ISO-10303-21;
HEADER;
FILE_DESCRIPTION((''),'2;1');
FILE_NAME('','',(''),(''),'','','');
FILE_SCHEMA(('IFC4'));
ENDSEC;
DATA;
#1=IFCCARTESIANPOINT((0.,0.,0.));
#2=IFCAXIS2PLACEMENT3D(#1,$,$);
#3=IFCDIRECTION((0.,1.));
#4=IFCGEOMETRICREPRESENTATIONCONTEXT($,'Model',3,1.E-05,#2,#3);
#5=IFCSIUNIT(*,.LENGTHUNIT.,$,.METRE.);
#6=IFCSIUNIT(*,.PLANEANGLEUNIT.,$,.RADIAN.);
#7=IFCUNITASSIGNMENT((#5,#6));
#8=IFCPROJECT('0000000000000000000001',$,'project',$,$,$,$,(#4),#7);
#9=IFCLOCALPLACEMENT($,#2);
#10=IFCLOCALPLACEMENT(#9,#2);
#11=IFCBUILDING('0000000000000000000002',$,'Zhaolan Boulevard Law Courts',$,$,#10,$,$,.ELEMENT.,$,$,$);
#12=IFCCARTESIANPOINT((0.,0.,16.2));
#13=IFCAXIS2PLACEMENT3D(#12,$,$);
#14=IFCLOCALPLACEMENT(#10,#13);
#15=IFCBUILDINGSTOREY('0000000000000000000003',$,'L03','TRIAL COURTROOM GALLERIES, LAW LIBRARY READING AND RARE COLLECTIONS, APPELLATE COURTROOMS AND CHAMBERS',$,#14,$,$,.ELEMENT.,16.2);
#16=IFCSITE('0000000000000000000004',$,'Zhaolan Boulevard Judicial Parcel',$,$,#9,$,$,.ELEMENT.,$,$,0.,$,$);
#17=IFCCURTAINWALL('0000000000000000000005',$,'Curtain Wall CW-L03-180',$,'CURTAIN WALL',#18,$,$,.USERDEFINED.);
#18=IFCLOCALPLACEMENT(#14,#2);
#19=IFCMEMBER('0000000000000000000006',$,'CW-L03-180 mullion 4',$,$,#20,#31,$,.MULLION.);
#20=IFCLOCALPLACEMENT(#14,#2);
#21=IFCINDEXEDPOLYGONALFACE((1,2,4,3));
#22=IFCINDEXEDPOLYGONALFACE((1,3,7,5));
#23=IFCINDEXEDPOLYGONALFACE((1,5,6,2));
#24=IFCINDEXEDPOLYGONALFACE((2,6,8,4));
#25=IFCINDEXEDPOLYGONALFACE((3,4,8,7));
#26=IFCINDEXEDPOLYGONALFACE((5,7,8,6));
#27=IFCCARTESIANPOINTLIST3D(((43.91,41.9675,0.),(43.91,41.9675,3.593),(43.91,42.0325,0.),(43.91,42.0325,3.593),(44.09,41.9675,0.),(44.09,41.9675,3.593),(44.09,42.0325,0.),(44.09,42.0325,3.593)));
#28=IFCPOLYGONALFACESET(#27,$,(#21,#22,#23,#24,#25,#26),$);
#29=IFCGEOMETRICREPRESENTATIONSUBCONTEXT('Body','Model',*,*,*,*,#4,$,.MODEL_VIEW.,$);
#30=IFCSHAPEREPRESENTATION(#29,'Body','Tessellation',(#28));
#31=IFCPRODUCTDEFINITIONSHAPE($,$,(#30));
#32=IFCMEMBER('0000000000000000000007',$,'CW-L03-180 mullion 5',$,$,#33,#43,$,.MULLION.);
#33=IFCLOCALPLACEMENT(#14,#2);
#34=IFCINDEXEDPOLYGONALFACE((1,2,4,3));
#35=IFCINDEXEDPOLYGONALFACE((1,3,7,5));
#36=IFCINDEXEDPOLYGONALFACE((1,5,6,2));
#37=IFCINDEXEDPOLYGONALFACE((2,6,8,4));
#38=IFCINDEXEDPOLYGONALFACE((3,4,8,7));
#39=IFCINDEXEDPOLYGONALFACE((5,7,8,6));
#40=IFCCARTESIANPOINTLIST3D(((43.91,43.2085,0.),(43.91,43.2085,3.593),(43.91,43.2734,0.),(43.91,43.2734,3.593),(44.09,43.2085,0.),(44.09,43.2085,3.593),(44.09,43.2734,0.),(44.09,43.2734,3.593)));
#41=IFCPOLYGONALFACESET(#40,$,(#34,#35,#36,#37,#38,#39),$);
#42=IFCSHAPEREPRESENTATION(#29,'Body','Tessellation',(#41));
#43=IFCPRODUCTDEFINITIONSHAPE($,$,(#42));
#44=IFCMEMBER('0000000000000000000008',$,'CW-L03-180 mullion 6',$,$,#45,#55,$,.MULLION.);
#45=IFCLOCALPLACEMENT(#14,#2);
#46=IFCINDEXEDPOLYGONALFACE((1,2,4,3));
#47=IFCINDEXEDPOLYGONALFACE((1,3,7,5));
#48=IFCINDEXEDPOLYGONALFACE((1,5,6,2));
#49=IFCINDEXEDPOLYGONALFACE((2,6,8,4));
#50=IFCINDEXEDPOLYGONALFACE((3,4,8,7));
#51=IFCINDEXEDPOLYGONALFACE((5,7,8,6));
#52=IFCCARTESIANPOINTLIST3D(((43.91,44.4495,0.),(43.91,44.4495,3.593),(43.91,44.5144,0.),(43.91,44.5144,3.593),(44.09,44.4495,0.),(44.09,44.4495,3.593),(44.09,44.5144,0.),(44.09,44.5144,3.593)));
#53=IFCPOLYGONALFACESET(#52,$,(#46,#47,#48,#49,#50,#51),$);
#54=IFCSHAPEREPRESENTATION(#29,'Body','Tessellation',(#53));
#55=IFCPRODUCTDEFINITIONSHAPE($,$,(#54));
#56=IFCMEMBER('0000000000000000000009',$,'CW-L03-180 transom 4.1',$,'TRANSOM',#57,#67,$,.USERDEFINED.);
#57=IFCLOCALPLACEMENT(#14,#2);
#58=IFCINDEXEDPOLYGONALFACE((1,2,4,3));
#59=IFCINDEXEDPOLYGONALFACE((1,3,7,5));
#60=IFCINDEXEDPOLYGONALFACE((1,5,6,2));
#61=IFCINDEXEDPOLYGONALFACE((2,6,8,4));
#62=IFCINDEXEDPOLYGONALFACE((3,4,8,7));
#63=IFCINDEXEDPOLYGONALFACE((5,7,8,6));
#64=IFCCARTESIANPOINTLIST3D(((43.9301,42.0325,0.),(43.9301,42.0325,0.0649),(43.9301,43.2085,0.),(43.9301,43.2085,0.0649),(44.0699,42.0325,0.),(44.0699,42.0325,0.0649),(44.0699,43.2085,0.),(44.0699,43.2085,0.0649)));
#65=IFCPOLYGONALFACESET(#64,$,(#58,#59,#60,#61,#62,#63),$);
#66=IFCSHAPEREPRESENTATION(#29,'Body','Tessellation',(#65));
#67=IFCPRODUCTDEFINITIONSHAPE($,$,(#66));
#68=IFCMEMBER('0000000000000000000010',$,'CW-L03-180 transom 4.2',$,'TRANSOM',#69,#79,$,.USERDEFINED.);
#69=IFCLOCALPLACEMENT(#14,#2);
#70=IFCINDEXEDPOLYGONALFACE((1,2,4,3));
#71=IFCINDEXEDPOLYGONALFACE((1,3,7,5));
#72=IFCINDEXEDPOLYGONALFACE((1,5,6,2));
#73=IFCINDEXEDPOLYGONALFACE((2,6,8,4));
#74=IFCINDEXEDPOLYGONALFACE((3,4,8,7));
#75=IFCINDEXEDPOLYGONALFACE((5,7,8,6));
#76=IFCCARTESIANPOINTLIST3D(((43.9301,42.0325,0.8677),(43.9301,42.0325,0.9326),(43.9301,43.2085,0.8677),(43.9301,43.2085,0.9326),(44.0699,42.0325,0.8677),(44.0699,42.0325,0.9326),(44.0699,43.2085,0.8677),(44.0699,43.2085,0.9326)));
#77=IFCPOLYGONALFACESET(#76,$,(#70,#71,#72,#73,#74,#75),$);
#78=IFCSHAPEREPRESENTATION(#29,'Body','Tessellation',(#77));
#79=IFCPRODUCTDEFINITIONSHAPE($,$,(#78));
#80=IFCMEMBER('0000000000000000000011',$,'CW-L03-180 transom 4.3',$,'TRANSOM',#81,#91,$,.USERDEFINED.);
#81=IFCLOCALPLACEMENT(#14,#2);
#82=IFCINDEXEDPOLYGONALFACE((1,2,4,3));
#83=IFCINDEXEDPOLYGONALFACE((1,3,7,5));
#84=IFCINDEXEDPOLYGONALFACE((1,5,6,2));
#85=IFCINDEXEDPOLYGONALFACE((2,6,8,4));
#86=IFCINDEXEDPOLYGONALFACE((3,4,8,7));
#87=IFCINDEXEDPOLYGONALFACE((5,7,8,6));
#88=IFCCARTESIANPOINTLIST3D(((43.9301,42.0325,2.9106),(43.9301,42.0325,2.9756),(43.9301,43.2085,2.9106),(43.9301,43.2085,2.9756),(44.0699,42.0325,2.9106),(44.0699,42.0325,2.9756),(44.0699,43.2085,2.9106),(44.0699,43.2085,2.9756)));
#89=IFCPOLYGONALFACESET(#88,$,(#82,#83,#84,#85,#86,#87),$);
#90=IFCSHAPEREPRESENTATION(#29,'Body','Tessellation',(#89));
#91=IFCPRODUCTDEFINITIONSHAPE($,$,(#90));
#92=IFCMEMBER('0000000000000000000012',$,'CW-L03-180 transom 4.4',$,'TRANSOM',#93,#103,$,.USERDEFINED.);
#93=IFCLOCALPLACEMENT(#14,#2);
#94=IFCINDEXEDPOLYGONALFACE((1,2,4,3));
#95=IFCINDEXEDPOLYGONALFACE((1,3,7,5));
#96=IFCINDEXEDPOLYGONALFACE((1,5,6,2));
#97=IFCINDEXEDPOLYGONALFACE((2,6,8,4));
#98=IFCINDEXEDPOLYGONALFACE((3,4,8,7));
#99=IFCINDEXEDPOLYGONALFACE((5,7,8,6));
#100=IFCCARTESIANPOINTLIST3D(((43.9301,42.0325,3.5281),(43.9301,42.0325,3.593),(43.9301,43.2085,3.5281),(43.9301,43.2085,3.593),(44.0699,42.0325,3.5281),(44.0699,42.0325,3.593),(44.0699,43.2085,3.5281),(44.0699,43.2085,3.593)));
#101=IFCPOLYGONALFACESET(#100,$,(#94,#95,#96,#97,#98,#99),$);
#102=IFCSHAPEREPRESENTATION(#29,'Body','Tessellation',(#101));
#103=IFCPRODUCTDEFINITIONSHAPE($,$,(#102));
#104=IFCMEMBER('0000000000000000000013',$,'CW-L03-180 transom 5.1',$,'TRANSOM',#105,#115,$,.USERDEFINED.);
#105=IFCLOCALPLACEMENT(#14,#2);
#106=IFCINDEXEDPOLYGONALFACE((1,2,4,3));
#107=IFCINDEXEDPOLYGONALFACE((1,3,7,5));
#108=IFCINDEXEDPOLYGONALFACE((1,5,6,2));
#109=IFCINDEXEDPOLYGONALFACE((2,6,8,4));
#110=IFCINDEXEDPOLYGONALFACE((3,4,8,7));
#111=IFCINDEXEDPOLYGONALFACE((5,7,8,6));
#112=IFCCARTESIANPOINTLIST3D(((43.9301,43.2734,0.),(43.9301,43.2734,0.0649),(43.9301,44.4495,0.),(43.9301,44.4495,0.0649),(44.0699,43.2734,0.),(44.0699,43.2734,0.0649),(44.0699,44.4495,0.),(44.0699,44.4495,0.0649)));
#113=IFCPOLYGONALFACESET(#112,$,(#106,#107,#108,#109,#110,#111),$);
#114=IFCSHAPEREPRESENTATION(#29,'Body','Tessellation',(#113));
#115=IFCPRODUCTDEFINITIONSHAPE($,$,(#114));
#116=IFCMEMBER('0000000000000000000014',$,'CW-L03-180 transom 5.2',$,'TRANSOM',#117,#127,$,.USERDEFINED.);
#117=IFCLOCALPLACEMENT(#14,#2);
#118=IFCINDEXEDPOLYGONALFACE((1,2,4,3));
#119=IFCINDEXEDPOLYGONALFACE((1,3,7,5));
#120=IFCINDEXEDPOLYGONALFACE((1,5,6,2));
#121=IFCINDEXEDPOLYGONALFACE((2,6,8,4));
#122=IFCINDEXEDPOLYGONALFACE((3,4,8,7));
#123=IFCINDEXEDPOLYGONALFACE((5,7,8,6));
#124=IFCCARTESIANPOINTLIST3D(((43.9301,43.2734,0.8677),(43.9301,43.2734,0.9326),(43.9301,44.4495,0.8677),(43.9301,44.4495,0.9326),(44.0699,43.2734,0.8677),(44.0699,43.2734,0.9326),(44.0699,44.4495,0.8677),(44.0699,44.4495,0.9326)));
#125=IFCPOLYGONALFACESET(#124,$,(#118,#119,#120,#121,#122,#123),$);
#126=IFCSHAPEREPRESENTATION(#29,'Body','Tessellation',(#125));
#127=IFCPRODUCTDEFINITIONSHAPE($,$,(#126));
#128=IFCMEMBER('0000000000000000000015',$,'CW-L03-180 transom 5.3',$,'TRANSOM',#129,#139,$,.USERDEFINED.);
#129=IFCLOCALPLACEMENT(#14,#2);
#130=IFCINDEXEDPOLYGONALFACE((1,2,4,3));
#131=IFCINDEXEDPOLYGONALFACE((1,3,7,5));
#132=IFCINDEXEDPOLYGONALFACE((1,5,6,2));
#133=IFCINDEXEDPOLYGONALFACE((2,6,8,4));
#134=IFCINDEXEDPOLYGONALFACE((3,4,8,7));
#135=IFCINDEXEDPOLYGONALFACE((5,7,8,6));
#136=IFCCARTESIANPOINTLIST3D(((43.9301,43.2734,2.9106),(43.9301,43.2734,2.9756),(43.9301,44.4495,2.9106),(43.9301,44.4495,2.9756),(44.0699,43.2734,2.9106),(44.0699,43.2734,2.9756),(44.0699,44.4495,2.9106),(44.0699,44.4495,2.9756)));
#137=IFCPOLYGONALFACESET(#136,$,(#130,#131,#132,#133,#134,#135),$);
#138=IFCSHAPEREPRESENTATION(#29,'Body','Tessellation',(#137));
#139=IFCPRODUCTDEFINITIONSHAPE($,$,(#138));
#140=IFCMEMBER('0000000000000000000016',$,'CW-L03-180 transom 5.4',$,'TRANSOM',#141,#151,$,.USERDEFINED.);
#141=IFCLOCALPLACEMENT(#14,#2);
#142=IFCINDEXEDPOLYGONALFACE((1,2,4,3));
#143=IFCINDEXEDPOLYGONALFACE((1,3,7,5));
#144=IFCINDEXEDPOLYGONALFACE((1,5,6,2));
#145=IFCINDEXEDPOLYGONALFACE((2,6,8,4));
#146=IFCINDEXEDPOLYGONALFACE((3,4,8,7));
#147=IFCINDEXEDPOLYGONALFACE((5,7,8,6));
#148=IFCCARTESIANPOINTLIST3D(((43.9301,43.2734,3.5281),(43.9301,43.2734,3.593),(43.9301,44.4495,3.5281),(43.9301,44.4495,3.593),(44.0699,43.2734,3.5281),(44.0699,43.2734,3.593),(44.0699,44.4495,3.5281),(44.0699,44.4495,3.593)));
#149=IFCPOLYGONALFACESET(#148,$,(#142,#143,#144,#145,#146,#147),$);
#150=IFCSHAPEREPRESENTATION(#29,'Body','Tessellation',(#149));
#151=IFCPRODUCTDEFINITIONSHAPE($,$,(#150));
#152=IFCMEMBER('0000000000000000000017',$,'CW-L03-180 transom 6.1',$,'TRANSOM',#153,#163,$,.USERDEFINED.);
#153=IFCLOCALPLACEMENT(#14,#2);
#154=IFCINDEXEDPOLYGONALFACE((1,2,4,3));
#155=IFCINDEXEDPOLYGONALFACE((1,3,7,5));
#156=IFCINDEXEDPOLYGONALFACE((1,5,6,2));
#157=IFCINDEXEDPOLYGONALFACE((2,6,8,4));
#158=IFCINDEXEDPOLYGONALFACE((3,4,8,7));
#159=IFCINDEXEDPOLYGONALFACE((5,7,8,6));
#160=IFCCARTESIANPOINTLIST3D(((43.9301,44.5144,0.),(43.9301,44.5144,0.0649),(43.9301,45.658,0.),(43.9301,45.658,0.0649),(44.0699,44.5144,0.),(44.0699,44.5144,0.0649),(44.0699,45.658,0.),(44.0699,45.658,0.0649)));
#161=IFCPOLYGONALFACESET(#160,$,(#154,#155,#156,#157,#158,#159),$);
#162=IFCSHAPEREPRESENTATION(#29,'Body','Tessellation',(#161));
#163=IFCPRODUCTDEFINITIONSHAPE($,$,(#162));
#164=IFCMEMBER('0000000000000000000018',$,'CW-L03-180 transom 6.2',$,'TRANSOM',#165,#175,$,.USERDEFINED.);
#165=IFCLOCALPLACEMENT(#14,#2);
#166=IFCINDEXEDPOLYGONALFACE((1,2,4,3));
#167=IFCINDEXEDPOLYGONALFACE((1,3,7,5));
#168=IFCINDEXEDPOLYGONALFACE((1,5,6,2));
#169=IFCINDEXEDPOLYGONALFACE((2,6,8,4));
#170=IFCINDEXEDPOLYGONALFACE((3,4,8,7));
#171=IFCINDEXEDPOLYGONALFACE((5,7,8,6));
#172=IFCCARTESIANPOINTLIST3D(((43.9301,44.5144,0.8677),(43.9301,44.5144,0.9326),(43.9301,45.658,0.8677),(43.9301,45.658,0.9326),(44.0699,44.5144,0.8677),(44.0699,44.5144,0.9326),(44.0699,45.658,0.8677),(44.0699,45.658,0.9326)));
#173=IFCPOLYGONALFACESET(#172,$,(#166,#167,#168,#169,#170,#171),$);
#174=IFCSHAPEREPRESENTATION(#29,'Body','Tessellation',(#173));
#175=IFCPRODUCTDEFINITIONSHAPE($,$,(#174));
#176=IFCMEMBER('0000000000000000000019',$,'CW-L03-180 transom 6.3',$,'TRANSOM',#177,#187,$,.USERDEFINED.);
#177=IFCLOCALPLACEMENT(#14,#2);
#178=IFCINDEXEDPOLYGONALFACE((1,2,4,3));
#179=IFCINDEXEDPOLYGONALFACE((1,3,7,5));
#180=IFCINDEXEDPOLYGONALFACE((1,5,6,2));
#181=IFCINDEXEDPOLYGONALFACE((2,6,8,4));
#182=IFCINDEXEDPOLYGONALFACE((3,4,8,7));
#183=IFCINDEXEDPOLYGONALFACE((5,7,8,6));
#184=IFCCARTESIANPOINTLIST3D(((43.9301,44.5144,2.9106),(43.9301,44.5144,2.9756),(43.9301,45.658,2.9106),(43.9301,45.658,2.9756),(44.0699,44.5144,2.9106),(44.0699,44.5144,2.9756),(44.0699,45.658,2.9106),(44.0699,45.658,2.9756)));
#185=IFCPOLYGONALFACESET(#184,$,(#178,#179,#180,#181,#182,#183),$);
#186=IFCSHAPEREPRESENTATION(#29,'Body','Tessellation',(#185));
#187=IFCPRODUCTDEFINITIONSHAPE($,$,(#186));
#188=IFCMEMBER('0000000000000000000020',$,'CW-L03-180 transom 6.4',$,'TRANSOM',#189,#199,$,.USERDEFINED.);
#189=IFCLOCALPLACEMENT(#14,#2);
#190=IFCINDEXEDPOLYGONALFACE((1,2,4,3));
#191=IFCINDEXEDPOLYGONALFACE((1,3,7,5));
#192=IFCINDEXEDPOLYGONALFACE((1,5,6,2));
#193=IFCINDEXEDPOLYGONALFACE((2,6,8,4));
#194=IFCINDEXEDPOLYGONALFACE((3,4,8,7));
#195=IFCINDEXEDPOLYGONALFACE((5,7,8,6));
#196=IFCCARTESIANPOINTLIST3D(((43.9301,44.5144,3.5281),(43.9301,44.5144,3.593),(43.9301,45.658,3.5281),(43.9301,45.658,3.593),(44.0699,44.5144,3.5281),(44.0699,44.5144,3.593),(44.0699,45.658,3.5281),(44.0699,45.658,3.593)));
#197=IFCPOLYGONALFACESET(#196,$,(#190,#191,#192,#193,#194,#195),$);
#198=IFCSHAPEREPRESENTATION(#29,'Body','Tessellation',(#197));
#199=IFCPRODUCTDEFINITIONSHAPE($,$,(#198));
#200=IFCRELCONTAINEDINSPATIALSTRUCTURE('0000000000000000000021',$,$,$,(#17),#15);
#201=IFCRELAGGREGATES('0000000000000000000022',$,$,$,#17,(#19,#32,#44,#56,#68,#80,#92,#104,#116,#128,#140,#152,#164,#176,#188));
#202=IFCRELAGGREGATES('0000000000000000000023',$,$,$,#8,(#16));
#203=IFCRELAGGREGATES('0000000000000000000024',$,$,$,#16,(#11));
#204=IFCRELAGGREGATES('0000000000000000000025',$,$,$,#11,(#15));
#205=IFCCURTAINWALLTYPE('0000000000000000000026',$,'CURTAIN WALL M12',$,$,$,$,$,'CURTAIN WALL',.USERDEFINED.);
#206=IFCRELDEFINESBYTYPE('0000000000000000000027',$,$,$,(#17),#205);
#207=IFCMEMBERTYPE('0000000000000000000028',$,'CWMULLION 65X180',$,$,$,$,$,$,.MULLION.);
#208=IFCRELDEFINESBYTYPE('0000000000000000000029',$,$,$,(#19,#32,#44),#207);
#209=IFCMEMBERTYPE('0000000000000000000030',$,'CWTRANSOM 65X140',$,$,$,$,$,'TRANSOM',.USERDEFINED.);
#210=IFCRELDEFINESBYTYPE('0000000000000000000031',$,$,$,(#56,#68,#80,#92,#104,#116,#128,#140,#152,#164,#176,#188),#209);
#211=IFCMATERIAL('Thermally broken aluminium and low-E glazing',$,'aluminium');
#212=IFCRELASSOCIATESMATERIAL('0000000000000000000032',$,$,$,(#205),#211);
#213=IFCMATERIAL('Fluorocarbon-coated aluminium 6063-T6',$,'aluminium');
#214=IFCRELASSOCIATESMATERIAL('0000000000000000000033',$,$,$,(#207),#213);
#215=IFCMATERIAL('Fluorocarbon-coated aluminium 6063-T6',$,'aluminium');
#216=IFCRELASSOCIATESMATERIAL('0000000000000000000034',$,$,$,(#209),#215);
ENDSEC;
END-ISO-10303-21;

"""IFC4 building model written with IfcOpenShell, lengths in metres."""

from ifc_helpers import new_model, si_unit, direction, frame, origin, origin_2d, place, context, subcontext, project, spatial, rectangle, extrude, material, material_profile, profile_set, type_object, element, aggregate, save


model = new_model("IFC4")

# Units and contexts
model_context = context("Model", 3, precision=1e-05, world=origin(), true_north=direction((0.0, 1.0)))
body_context = subcontext(model_context, "Body", "Model", "MODEL_VIEW")
ifc_project = project(units=[si_unit("LENGTHUNIT", "METRE"), si_unit("PLANEANGLEUNIT", "RADIAN")], contexts=[model_context])

# Site, building, storey
site_placement = place(None, origin())
site = spatial("IfcSite", under=ifc_project, at=site_placement, Name="Zhaolan Boulevard Judicial Parcel", CompositionType="ELEMENT", RefElevation=0.0)
building_placement = place(site_placement, origin())
building = spatial("IfcBuilding", under=site, at=building_placement, Name="Zhaolan Boulevard Law Courts", CompositionType="ELEMENT")
storey_placement = place(building_placement, frame((0.0, 0.0, 16.2)))
storey = spatial("IfcBuildingStorey", under=building, at=storey_placement, Name="L03", Description="TRIAL COURTROOM GALLERIES, LAW LIBRARY READING AND RARE COLLECTIONS, APPELLATE COURTROOMS AND CHAMBERS", CompositionType="ELEMENT", Elevation=16.2)

# Curtain wall, members
ifc_material_1 = material(Name="Thermally broken aluminium and low-E glazing", Category="aluminium")
curtain_wall_type = type_object("IfcCurtainWallType", Name="CURTAIN WALL M12", ElementType="CURTAIN WALL", PredefinedType="USERDEFINED", material=ifc_material_1)
curtain_wall_placement = place(storey_placement, origin())
curtain_wall = element("IfcCurtainWall", 1, at=curtain_wall_placement, inside=storey, type_object=curtain_wall_type, Name="Curtain Wall CW-L03-180", ObjectType="CURTAIN WALL", PredefinedType="USERDEFINED")
ifc_material_2 = material(Name="Fluorocarbon-coated aluminium 6063-T6", Category="aluminium")
ifc_material_profile_1 = material_profile(ifc_material_2, rectangle(XDim=0.1799, YDim=0.0649, at=origin_2d()), Name="AL65x180")
ifc_profile_set_1 = profile_set([ifc_material_profile_1], Name="Fluorocarbon-coated aluminium 6063-T6")
member_type_1 = type_object("IfcMemberType", Name="CWMULLION 65X180", PredefinedType="MULLION", material=ifc_profile_set_1)
member_1_placement = place(storey_placement, frame((44.0, 42.0, 0.0), z_axis=(0.0, 0.0, 1.0), x_axis=(-1.0, 0.0, 0.0)))
member_1 = element("IfcMember", 2, at=member_1_placement, type_object=member_type_1, Name="CW-L03-180 mullion 4", PredefinedType="MULLION", context=body_context, shape_type="SweptSolid", body=[
    extrude(rectangle(XDim=0.1799, YDim=0.0649, at=origin_2d()), origin(), (0.0, 0.0, 1.0), 3.593),
])
member_2_placement = place(storey_placement, frame((44.0, 43.241, 0.0), z_axis=(0.0, 0.0, 1.0), x_axis=(-1.0, 0.0, 0.0)))
member_2 = element("IfcMember", 3, at=member_2_placement, type_object=member_type_1, Name="CW-L03-180 mullion 5", PredefinedType="MULLION", context=body_context, shape_type="SweptSolid", body=[
    extrude(rectangle(XDim=0.1799, YDim=0.0649, at=origin_2d()), origin(), (0.0, 0.0, 1.0), 3.593),
])
member_3_placement = place(storey_placement, frame((44.0, 44.4819, 0.0), z_axis=(0.0, 0.0, 1.0), x_axis=(-1.0, 0.0, 0.0)))
member_3 = element("IfcMember", 4, at=member_3_placement, type_object=member_type_1, Name="CW-L03-180 mullion 6", PredefinedType="MULLION", context=body_context, shape_type="SweptSolid", body=[
    extrude(rectangle(XDim=0.1799, YDim=0.0649, at=origin_2d()), origin(), (0.0, 0.0, 1.0), 3.593),
])
ifc_material_3 = material(Name="Fluorocarbon-coated aluminium 6063-T6", Category="aluminium")
ifc_material_profile_2 = material_profile(ifc_material_3, rectangle(XDim=0.1399, YDim=0.0649, at=origin_2d()), Name="AL65x140")
ifc_profile_set_2 = profile_set([ifc_material_profile_2], Name="Fluorocarbon-coated aluminium 6063-T6")
member_type_2 = type_object("IfcMemberType", Name="CWTRANSOM 65X140", ElementType="TRANSOM", PredefinedType="USERDEFINED", material=ifc_profile_set_2)
member_4_placement = place(storey_placement, frame((44.0, 42.0325, 0.0325), z_axis=(0.0, 1.0, 0.0), x_axis=(-1.0, 0.0, 0.0)))
member_4 = element("IfcMember", 5, at=member_4_placement, type_object=member_type_2, Name="CW-L03-180 transom 4.1", ObjectType="TRANSOM", PredefinedType="USERDEFINED", context=body_context, shape_type="SweptSolid", body=[
    extrude(rectangle(XDim=0.1399, YDim=0.0649, at=origin_2d()), origin(), (0.0, 0.0, 1.0), 1.176),
])
member_5_placement = place(storey_placement, frame((44.0, 42.0325, 0.9001), z_axis=(0.0, 1.0, 0.0), x_axis=(-1.0, 0.0, 0.0)))
member_5 = element("IfcMember", 6, at=member_5_placement, type_object=member_type_2, Name="CW-L03-180 transom 4.2", ObjectType="TRANSOM", PredefinedType="USERDEFINED", context=body_context, shape_type="SweptSolid", body=[
    extrude(rectangle(XDim=0.1399, YDim=0.0649, at=origin_2d()), origin(), (0.0, 0.0, 1.0), 1.176),
])
member_6_placement = place(storey_placement, frame((44.0, 42.0325, 2.9431), z_axis=(0.0, 1.0, 0.0), x_axis=(-1.0, 0.0, 0.0)))
member_6 = element("IfcMember", 7, at=member_6_placement, type_object=member_type_2, Name="CW-L03-180 transom 4.3", ObjectType="TRANSOM", PredefinedType="USERDEFINED", context=body_context, shape_type="SweptSolid", body=[
    extrude(rectangle(XDim=0.1399, YDim=0.0649, at=origin_2d()), origin(), (0.0, 0.0, 1.0), 1.176),
])
member_7_placement = place(storey_placement, frame((44.0, 42.0325, 3.5605), z_axis=(0.0, 1.0, 0.0), x_axis=(-1.0, 0.0, 0.0)))
member_7 = element("IfcMember", 8, at=member_7_placement, type_object=member_type_2, Name="CW-L03-180 transom 4.4", ObjectType="TRANSOM", PredefinedType="USERDEFINED", context=body_context, shape_type="SweptSolid", body=[
    extrude(rectangle(XDim=0.1399, YDim=0.0649, at=origin_2d()), origin(), (0.0, 0.0, 1.0), 1.176),
])
member_8_placement = place(storey_placement, frame((44.0, 43.2734, 0.0325), z_axis=(0.0, 1.0, 0.0), x_axis=(-1.0, 0.0, 0.0)))
member_8 = element("IfcMember", 9, at=member_8_placement, type_object=member_type_2, Name="CW-L03-180 transom 5.1", ObjectType="TRANSOM", PredefinedType="USERDEFINED", context=body_context, shape_type="SweptSolid", body=[
    extrude(rectangle(XDim=0.1399, YDim=0.0649, at=origin_2d()), origin(), (0.0, 0.0, 1.0), 1.176),
])
member_9_placement = place(storey_placement, frame((44.0, 43.2734, 0.9001), z_axis=(0.0, 1.0, 0.0), x_axis=(-1.0, 0.0, 0.0)))
member_9 = element("IfcMember", 10, at=member_9_placement, type_object=member_type_2, Name="CW-L03-180 transom 5.2", ObjectType="TRANSOM", PredefinedType="USERDEFINED", context=body_context, shape_type="SweptSolid", body=[
    extrude(rectangle(XDim=0.1399, YDim=0.0649, at=origin_2d()), origin(), (0.0, 0.0, 1.0), 1.176),
])
member_10_placement = place(storey_placement, frame((44.0, 43.2734, 2.9431), z_axis=(0.0, 1.0, 0.0), x_axis=(-1.0, 0.0, 0.0)))
member_10 = element("IfcMember", 11, at=member_10_placement, type_object=member_type_2, Name="CW-L03-180 transom 5.3", ObjectType="TRANSOM", PredefinedType="USERDEFINED", context=body_context, shape_type="SweptSolid", body=[
    extrude(rectangle(XDim=0.1399, YDim=0.0649, at=origin_2d()), origin(), (0.0, 0.0, 1.0), 1.176),
])
member_11_placement = place(storey_placement, frame((44.0, 43.2734, 3.5605), z_axis=(0.0, 1.0, 0.0), x_axis=(-1.0, 0.0, 0.0)))
member_11 = element("IfcMember", 12, at=member_11_placement, type_object=member_type_2, Name="CW-L03-180 transom 5.4", ObjectType="TRANSOM", PredefinedType="USERDEFINED", context=body_context, shape_type="SweptSolid", body=[
    extrude(rectangle(XDim=0.1399, YDim=0.0649, at=origin_2d()), origin(), (0.0, 0.0, 1.0), 1.176),
])
member_12_placement = place(storey_placement, frame((44.0, 44.5144, 0.0325), z_axis=(0.0, 1.0, 0.0), x_axis=(-1.0, 0.0, 0.0)))
member_12 = element("IfcMember", 13, at=member_12_placement, type_object=member_type_2, Name="CW-L03-180 transom 6.1", ObjectType="TRANSOM", PredefinedType="USERDEFINED", context=body_context, shape_type="SweptSolid", body=[
    extrude(rectangle(XDim=0.1399, YDim=0.0649, at=origin_2d()), origin(), (0.0, 0.0, 1.0), 1.1436),
])
member_13_placement = place(storey_placement, frame((44.0, 44.5144, 0.9001), z_axis=(0.0, 1.0, 0.0), x_axis=(-1.0, 0.0, 0.0)))
member_13 = element("IfcMember", 14, at=member_13_placement, type_object=member_type_2, Name="CW-L03-180 transom 6.2", ObjectType="TRANSOM", PredefinedType="USERDEFINED", context=body_context, shape_type="SweptSolid", body=[
    extrude(rectangle(XDim=0.1399, YDim=0.0649, at=origin_2d()), origin(), (0.0, 0.0, 1.0), 1.1436),
])
member_14_placement = place(storey_placement, frame((44.0, 44.5144, 2.9431), z_axis=(0.0, 1.0, 0.0), x_axis=(-1.0, 0.0, 0.0)))
member_14 = element("IfcMember", 15, at=member_14_placement, type_object=member_type_2, Name="CW-L03-180 transom 6.3", ObjectType="TRANSOM", PredefinedType="USERDEFINED", context=body_context, shape_type="SweptSolid", body=[
    extrude(rectangle(XDim=0.1399, YDim=0.0649, at=origin_2d()), origin(), (0.0, 0.0, 1.0), 1.1436),
])
member_15_placement = place(storey_placement, frame((44.0, 44.5144, 3.5605), z_axis=(0.0, 1.0, 0.0), x_axis=(-1.0, 0.0, 0.0)))
member_15 = element("IfcMember", 16, at=member_15_placement, type_object=member_type_2, Name="CW-L03-180 transom 6.4", ObjectType="TRANSOM", PredefinedType="USERDEFINED", context=body_context, shape_type="SweptSolid", body=[
    extrude(rectangle(XDim=0.1399, YDim=0.0649, at=origin_2d()), origin(), (0.0, 0.0, 1.0), 1.1436),
])

aggregate(curtain_wall, [member_1, member_2, member_3, member_4, member_5, member_6, member_7, member_8, member_9, member_10, member_11, member_12, member_13, member_14, member_15])

save(model, "model.ifc")
